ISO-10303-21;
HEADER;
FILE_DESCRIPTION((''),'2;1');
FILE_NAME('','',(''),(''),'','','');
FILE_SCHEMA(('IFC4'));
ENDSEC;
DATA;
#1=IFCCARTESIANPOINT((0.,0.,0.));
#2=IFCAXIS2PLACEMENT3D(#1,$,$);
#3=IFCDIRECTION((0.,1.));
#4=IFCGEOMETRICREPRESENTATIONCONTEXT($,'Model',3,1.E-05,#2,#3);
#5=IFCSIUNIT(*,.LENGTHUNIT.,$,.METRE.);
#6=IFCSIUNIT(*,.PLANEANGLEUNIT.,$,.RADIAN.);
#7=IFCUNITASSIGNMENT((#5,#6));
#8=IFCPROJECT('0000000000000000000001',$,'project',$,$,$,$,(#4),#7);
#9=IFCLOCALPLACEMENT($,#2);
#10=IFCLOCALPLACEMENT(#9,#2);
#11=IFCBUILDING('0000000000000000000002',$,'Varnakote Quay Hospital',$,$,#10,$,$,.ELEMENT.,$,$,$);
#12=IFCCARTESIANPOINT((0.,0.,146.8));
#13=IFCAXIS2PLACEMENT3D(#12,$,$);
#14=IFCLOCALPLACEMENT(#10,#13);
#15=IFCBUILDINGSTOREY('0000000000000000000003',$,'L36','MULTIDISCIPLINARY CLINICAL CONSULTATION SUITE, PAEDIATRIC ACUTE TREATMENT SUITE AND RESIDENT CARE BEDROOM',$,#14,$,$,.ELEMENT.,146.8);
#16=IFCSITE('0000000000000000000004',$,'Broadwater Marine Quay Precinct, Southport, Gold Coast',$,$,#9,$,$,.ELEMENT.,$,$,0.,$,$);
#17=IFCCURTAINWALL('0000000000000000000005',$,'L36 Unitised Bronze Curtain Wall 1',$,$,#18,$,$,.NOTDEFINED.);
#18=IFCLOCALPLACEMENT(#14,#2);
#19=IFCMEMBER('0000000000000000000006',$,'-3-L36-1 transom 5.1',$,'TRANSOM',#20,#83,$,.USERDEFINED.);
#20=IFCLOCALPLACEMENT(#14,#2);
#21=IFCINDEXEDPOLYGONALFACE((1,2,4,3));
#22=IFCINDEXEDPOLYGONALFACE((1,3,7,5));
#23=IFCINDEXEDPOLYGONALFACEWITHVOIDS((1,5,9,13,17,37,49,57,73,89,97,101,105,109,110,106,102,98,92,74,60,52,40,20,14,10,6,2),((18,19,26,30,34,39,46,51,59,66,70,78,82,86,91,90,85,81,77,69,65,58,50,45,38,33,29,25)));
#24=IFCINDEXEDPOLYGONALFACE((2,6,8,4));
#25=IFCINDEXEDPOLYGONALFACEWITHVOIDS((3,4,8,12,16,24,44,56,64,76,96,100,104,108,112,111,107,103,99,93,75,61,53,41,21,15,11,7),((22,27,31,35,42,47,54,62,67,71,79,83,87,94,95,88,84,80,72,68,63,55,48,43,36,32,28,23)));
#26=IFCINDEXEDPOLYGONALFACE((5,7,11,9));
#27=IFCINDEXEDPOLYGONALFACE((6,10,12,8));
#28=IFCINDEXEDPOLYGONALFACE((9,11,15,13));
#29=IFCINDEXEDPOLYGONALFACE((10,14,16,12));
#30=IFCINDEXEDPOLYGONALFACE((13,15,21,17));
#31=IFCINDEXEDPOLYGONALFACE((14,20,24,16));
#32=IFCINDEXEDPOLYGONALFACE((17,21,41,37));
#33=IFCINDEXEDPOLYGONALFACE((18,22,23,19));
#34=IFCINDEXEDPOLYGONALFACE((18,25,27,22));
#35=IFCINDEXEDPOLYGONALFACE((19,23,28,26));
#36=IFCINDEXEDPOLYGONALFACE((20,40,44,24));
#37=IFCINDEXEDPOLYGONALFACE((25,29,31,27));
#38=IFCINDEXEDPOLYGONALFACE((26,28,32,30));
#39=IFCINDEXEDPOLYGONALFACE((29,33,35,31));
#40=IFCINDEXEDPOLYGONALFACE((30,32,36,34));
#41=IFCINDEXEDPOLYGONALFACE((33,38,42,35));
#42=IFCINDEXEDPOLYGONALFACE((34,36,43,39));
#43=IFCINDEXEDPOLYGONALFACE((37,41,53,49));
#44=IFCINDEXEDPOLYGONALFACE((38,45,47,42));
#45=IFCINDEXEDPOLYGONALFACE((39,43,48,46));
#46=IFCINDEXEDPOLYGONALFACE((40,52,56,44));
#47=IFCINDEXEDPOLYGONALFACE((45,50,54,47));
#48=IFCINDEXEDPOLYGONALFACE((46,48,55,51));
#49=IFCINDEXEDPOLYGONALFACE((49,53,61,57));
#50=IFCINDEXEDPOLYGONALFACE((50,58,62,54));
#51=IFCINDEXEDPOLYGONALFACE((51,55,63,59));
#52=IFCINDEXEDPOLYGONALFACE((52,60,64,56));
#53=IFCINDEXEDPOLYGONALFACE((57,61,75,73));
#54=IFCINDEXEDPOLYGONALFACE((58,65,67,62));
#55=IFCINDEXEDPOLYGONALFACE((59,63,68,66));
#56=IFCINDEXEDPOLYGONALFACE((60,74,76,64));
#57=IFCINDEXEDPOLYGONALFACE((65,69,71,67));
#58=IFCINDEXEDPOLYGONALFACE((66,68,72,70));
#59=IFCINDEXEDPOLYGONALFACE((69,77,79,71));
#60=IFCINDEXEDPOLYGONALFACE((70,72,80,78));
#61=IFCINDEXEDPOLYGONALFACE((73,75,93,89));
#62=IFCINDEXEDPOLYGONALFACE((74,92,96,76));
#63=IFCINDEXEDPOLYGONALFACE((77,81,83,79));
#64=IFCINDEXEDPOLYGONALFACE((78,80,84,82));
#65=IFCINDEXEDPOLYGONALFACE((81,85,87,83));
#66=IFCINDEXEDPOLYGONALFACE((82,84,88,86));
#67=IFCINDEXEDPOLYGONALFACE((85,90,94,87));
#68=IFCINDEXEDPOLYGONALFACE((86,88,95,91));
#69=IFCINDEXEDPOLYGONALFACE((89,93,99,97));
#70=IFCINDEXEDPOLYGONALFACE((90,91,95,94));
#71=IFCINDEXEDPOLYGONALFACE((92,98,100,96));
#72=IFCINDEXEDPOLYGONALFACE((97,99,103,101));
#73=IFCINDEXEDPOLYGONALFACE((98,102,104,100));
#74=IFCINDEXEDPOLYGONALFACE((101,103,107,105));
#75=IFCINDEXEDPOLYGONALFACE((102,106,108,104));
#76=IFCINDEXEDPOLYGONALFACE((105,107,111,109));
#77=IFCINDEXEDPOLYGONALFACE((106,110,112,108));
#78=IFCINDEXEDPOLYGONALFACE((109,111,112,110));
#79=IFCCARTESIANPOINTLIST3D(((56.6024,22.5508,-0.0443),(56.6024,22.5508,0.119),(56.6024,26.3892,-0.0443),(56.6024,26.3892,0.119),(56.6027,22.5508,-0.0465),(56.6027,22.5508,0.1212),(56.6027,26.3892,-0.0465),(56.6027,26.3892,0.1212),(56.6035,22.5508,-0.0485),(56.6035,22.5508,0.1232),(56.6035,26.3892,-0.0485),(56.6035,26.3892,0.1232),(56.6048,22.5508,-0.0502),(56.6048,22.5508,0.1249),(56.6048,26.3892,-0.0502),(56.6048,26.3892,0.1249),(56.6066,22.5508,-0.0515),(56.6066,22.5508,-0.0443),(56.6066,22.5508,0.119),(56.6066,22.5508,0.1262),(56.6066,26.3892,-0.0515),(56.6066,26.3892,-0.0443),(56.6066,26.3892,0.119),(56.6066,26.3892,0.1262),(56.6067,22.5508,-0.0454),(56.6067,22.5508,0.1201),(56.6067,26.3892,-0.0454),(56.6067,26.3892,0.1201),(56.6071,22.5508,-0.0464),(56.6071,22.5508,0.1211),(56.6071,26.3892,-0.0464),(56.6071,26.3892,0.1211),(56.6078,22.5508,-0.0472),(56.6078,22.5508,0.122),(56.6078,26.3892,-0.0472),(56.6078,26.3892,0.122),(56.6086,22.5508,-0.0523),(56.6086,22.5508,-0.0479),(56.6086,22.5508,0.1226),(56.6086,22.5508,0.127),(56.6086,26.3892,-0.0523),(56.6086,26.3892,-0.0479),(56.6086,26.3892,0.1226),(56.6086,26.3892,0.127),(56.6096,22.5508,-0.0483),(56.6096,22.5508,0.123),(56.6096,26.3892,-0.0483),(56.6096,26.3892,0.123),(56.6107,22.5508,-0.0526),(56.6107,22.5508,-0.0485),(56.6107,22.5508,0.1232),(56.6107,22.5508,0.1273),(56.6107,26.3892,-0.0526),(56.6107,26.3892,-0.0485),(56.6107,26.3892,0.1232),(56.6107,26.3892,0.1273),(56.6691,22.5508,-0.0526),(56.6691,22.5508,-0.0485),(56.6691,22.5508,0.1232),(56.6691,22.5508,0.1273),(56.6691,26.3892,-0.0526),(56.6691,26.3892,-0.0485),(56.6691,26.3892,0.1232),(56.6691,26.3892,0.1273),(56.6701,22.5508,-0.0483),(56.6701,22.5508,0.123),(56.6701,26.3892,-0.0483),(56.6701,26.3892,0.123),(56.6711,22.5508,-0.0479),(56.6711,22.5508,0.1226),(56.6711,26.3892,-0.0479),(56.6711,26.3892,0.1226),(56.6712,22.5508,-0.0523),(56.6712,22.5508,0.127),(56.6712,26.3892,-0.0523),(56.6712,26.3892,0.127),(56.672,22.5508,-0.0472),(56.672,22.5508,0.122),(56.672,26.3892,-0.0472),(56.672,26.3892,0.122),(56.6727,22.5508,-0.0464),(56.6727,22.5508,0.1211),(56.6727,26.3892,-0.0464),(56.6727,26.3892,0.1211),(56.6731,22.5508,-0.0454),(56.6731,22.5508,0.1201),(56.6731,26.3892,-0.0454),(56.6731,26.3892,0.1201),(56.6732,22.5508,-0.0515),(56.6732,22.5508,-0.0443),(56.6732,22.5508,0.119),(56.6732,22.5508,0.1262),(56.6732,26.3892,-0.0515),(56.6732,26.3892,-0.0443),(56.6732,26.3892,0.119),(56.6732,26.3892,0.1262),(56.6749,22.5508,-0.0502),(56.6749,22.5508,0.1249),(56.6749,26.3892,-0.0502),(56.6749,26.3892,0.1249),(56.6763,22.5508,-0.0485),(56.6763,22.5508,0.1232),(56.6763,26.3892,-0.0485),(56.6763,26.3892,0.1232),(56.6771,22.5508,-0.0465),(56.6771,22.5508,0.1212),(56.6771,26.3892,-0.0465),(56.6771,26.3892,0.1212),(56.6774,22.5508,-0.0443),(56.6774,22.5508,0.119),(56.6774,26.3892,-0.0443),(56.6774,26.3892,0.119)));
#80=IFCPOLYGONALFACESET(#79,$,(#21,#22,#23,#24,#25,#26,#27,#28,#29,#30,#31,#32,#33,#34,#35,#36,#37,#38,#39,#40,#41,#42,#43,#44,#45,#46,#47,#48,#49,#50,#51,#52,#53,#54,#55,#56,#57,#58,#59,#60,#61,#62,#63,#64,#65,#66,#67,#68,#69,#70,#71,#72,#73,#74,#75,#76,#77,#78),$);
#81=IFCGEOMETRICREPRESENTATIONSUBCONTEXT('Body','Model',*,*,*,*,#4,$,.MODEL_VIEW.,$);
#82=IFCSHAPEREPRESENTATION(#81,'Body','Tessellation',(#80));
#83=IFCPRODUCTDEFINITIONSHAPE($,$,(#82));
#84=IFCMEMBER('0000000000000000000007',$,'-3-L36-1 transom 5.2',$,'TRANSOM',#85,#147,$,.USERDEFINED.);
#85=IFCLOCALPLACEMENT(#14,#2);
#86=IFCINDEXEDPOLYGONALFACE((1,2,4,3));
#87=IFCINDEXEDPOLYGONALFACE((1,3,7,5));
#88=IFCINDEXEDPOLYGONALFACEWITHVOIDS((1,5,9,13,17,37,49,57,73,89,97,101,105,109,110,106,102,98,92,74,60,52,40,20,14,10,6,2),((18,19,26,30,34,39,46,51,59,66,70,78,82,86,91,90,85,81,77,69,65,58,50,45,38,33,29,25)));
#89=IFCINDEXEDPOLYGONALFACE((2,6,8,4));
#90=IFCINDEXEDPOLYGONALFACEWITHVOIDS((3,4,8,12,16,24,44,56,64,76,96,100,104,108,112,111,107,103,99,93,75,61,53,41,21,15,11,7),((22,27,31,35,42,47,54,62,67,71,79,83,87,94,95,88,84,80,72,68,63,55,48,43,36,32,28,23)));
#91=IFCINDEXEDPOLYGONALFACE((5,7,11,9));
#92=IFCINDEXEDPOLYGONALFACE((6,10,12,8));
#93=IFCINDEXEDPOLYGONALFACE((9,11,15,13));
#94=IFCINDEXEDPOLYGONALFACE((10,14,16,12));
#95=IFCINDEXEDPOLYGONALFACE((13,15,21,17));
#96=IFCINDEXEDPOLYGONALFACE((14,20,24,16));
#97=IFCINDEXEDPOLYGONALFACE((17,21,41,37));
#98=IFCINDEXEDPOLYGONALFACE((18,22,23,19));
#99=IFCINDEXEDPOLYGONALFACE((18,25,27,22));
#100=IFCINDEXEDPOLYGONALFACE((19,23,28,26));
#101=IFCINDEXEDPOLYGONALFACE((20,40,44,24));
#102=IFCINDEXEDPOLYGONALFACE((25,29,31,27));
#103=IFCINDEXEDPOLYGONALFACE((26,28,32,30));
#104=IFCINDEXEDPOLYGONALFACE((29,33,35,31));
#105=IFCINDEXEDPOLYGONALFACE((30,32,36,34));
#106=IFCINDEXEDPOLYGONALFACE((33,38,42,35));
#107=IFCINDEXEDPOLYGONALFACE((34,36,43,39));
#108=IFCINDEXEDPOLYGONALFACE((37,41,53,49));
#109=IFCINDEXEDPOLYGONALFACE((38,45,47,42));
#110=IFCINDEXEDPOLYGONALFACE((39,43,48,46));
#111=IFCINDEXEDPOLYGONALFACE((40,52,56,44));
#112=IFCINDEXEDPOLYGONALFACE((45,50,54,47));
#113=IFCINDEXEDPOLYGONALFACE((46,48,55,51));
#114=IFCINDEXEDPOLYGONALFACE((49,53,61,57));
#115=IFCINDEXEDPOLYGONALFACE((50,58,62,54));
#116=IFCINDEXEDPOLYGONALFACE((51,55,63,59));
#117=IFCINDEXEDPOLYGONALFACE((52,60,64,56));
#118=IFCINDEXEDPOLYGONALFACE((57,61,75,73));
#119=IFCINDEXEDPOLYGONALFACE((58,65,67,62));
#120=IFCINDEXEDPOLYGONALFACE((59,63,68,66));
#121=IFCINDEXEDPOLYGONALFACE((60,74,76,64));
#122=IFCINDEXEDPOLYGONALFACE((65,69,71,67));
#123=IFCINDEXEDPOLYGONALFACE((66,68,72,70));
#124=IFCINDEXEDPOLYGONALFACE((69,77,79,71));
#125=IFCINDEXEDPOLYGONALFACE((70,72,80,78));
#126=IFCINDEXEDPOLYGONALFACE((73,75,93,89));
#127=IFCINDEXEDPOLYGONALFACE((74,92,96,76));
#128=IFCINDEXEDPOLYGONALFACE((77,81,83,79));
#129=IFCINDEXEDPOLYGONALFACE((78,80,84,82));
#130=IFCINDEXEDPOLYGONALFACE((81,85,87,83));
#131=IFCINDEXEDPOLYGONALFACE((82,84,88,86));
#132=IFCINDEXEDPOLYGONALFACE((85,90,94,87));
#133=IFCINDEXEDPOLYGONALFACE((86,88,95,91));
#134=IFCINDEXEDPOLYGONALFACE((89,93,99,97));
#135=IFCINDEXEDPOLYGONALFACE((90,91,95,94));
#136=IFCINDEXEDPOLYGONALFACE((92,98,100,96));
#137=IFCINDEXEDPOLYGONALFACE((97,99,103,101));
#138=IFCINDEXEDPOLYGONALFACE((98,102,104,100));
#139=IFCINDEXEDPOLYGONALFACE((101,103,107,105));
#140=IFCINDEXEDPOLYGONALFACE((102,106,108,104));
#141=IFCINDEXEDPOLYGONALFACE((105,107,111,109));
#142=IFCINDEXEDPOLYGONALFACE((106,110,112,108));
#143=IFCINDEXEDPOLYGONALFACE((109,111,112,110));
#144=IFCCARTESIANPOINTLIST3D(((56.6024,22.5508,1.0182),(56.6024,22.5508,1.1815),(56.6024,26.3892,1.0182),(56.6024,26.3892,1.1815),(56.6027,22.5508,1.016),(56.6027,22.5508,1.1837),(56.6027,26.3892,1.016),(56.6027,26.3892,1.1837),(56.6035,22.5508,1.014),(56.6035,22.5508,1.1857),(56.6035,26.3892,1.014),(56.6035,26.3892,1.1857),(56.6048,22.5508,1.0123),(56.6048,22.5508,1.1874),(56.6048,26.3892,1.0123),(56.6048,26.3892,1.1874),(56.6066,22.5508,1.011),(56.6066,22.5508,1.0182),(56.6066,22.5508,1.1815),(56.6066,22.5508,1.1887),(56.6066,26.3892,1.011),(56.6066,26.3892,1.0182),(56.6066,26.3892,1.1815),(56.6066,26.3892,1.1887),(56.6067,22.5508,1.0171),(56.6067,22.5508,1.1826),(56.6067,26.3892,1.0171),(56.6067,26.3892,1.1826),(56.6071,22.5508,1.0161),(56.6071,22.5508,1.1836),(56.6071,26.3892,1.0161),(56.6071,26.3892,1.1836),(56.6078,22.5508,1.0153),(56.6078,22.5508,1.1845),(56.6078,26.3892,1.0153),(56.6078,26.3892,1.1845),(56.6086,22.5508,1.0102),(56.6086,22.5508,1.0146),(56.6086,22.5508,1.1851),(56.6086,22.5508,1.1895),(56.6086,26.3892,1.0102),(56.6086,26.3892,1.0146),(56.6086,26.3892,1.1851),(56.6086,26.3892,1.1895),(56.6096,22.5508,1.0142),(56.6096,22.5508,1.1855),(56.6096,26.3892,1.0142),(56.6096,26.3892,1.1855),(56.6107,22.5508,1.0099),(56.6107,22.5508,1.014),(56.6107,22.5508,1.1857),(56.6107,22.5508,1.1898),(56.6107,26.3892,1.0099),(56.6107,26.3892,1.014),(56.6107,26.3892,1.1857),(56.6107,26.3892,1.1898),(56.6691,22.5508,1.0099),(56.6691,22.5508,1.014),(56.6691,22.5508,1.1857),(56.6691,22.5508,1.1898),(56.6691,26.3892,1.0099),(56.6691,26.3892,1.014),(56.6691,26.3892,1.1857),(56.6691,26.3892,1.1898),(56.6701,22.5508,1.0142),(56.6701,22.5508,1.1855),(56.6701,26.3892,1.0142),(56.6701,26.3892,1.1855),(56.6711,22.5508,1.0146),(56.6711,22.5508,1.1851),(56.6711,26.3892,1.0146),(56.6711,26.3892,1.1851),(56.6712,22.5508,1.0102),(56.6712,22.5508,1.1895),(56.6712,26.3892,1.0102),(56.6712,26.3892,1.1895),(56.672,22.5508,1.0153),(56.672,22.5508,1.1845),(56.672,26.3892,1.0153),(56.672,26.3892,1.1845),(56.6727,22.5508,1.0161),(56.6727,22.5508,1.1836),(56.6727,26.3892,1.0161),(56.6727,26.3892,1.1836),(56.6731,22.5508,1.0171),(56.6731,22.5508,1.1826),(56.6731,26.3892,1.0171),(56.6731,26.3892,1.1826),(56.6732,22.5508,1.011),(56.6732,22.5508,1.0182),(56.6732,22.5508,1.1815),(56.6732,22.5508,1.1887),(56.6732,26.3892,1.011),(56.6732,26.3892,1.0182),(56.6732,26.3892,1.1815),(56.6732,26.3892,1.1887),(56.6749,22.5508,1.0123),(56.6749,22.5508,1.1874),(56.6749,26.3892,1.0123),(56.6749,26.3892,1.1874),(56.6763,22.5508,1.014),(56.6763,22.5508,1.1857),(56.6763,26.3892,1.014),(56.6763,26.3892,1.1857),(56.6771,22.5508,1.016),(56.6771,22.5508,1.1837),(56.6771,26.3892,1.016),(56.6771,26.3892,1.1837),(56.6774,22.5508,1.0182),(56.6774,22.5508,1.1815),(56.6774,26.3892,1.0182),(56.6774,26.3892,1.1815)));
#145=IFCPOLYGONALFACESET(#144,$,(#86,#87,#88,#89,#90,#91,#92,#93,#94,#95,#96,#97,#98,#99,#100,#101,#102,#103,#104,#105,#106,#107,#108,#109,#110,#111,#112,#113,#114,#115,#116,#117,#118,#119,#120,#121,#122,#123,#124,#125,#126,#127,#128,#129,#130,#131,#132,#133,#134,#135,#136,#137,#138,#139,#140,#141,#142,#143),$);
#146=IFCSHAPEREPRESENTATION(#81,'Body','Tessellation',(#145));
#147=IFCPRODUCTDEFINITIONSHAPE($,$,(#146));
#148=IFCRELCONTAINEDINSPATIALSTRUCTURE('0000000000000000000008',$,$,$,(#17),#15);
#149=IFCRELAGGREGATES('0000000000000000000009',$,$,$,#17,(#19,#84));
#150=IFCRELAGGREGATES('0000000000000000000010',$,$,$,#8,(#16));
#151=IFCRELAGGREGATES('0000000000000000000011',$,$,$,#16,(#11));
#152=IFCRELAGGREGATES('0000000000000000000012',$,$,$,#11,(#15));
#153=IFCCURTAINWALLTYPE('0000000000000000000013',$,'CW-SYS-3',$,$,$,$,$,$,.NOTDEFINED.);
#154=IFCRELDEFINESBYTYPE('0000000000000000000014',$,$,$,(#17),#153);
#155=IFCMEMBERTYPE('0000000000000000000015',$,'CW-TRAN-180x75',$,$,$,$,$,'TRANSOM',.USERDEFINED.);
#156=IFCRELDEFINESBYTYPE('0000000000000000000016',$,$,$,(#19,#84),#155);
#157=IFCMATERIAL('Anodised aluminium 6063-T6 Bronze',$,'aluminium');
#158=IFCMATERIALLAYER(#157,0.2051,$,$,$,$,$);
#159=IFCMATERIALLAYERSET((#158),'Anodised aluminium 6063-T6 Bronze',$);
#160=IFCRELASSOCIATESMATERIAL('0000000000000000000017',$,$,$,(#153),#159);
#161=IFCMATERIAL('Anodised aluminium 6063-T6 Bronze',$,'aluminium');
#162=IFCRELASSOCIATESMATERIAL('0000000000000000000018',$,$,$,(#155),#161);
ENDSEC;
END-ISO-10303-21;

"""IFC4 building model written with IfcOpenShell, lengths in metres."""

from ifc_helpers import new_model, si_unit, direction, frame, origin, origin_2d, place, context, subcontext, project, spatial, hollow_rectangle, extrude, material, layer, layer_set, material_profile, profile_set, type_object, element, aggregate, save


model = new_model("IFC4")

# Units and contexts
model_context = context("Model", 3, precision=1e-05, world=origin(), true_north=direction((0.0, 1.0)))
body_context = subcontext(model_context, "Body", "Model", "MODEL_VIEW")
ifc_project = project(units=[si_unit("LENGTHUNIT", "METRE"), si_unit("PLANEANGLEUNIT", "RADIAN")], contexts=[model_context])

# Site, building, storey
site_placement = place(None, origin())
site = spatial("IfcSite", under=ifc_project, at=site_placement, Name="Broadwater Marine Quay Precinct, Southport, Gold Coast", CompositionType="ELEMENT", RefElevation=0.0)
building_placement = place(site_placement, origin())
building = spatial("IfcBuilding", under=site, at=building_placement, Name="Varnakote Quay Hospital", CompositionType="ELEMENT")
storey_placement = place(building_placement, frame((0.0, 0.0, 146.8)))
storey = spatial("IfcBuildingStorey", under=building, at=storey_placement, Name="L36", Description="MULTIDISCIPLINARY CLINICAL CONSULTATION SUITE, PAEDIATRIC ACUTE TREATMENT SUITE AND RESIDENT CARE BEDROOM", CompositionType="ELEMENT", Elevation=146.8)

# Curtain wall, members
ifc_material_1 = material(Name="Anodised aluminium 6063-T6 Bronze", Category="aluminium")
ifc_layer_1 = layer(ifc_material_1, 0.2051)
ifc_layer_set_1 = layer_set([ifc_layer_1], Name="Anodised aluminium 6063-T6 Bronze")
curtain_wall_type = type_object("IfcCurtainWallType", Name="CW-SYS-3", PredefinedType="NOTDEFINED", material=ifc_layer_set_1)
curtain_wall_placement = place(storey_placement, origin())
curtain_wall = element("IfcCurtainWall", 1, at=curtain_wall_placement, inside=storey, type_object=curtain_wall_type, Name="L36 Unitised Bronze Curtain Wall 1", PredefinedType="NOTDEFINED")
ifc_material_2 = material(Name="Anodised aluminium 6063-T6 Bronze", Category="aluminium")
ifc_material_profile_1 = material_profile(ifc_material_2, hollow_rectangle(XDim=0.075, YDim=0.1799, WallThickness=0.0042, InnerFilletRadius=0.0042, OuterFilletRadius=0.0083, at=origin_2d()), Name="CW-TRAN-180x75")
ifc_profile_set_1 = profile_set([ifc_material_profile_1], Name="Anodised aluminium 6063-T6 Bronze")
member_type_1 = type_object("IfcMemberType", Name="CW-TRAN-180x75", ElementType="TRANSOM", PredefinedType="USERDEFINED", material=ifc_profile_set_1)
member_1_placement = place(storey_placement, frame((56.6399, 22.5508, 0.0374), z_axis=(0.0, 1.0, 0.0), x_axis=(-1.0, 0.0, 0.0)))
member_1 = element("IfcMember", 2, at=member_1_placement, type_object=member_type_1, Name="-3-L36-1 transom 5.1", ObjectType="TRANSOM", PredefinedType="USERDEFINED", context=body_context, shape_type="SweptSolid", body=[
    extrude(hollow_rectangle(XDim=0.075, YDim=0.1799, WallThickness=0.0042, InnerFilletRadius=0.0042, OuterFilletRadius=0.0083, at=origin_2d()), origin(), (0.0, 0.0, 1.0), 3.8384),
])
member_2_placement = place(storey_placement, frame((56.6399, 22.5508, 1.0999), z_axis=(0.0, 1.0, 0.0), x_axis=(-1.0, 0.0, 0.0)))
member_2 = element("IfcMember", 3, at=member_2_placement, type_object=member_type_1, Name="-3-L36-1 transom 5.2", ObjectType="TRANSOM", PredefinedType="USERDEFINED", context=body_context, shape_type="SweptSolid", body=[
    extrude(hollow_rectangle(XDim=0.075, YDim=0.1799, WallThickness=0.0042, InnerFilletRadius=0.0042, OuterFilletRadius=0.0083, at=origin_2d()), origin(), (0.0, 0.0, 1.0), 3.8384),
])
aggregate(curtain_wall, [member_1, member_2])

save(model, "model.ifc")
